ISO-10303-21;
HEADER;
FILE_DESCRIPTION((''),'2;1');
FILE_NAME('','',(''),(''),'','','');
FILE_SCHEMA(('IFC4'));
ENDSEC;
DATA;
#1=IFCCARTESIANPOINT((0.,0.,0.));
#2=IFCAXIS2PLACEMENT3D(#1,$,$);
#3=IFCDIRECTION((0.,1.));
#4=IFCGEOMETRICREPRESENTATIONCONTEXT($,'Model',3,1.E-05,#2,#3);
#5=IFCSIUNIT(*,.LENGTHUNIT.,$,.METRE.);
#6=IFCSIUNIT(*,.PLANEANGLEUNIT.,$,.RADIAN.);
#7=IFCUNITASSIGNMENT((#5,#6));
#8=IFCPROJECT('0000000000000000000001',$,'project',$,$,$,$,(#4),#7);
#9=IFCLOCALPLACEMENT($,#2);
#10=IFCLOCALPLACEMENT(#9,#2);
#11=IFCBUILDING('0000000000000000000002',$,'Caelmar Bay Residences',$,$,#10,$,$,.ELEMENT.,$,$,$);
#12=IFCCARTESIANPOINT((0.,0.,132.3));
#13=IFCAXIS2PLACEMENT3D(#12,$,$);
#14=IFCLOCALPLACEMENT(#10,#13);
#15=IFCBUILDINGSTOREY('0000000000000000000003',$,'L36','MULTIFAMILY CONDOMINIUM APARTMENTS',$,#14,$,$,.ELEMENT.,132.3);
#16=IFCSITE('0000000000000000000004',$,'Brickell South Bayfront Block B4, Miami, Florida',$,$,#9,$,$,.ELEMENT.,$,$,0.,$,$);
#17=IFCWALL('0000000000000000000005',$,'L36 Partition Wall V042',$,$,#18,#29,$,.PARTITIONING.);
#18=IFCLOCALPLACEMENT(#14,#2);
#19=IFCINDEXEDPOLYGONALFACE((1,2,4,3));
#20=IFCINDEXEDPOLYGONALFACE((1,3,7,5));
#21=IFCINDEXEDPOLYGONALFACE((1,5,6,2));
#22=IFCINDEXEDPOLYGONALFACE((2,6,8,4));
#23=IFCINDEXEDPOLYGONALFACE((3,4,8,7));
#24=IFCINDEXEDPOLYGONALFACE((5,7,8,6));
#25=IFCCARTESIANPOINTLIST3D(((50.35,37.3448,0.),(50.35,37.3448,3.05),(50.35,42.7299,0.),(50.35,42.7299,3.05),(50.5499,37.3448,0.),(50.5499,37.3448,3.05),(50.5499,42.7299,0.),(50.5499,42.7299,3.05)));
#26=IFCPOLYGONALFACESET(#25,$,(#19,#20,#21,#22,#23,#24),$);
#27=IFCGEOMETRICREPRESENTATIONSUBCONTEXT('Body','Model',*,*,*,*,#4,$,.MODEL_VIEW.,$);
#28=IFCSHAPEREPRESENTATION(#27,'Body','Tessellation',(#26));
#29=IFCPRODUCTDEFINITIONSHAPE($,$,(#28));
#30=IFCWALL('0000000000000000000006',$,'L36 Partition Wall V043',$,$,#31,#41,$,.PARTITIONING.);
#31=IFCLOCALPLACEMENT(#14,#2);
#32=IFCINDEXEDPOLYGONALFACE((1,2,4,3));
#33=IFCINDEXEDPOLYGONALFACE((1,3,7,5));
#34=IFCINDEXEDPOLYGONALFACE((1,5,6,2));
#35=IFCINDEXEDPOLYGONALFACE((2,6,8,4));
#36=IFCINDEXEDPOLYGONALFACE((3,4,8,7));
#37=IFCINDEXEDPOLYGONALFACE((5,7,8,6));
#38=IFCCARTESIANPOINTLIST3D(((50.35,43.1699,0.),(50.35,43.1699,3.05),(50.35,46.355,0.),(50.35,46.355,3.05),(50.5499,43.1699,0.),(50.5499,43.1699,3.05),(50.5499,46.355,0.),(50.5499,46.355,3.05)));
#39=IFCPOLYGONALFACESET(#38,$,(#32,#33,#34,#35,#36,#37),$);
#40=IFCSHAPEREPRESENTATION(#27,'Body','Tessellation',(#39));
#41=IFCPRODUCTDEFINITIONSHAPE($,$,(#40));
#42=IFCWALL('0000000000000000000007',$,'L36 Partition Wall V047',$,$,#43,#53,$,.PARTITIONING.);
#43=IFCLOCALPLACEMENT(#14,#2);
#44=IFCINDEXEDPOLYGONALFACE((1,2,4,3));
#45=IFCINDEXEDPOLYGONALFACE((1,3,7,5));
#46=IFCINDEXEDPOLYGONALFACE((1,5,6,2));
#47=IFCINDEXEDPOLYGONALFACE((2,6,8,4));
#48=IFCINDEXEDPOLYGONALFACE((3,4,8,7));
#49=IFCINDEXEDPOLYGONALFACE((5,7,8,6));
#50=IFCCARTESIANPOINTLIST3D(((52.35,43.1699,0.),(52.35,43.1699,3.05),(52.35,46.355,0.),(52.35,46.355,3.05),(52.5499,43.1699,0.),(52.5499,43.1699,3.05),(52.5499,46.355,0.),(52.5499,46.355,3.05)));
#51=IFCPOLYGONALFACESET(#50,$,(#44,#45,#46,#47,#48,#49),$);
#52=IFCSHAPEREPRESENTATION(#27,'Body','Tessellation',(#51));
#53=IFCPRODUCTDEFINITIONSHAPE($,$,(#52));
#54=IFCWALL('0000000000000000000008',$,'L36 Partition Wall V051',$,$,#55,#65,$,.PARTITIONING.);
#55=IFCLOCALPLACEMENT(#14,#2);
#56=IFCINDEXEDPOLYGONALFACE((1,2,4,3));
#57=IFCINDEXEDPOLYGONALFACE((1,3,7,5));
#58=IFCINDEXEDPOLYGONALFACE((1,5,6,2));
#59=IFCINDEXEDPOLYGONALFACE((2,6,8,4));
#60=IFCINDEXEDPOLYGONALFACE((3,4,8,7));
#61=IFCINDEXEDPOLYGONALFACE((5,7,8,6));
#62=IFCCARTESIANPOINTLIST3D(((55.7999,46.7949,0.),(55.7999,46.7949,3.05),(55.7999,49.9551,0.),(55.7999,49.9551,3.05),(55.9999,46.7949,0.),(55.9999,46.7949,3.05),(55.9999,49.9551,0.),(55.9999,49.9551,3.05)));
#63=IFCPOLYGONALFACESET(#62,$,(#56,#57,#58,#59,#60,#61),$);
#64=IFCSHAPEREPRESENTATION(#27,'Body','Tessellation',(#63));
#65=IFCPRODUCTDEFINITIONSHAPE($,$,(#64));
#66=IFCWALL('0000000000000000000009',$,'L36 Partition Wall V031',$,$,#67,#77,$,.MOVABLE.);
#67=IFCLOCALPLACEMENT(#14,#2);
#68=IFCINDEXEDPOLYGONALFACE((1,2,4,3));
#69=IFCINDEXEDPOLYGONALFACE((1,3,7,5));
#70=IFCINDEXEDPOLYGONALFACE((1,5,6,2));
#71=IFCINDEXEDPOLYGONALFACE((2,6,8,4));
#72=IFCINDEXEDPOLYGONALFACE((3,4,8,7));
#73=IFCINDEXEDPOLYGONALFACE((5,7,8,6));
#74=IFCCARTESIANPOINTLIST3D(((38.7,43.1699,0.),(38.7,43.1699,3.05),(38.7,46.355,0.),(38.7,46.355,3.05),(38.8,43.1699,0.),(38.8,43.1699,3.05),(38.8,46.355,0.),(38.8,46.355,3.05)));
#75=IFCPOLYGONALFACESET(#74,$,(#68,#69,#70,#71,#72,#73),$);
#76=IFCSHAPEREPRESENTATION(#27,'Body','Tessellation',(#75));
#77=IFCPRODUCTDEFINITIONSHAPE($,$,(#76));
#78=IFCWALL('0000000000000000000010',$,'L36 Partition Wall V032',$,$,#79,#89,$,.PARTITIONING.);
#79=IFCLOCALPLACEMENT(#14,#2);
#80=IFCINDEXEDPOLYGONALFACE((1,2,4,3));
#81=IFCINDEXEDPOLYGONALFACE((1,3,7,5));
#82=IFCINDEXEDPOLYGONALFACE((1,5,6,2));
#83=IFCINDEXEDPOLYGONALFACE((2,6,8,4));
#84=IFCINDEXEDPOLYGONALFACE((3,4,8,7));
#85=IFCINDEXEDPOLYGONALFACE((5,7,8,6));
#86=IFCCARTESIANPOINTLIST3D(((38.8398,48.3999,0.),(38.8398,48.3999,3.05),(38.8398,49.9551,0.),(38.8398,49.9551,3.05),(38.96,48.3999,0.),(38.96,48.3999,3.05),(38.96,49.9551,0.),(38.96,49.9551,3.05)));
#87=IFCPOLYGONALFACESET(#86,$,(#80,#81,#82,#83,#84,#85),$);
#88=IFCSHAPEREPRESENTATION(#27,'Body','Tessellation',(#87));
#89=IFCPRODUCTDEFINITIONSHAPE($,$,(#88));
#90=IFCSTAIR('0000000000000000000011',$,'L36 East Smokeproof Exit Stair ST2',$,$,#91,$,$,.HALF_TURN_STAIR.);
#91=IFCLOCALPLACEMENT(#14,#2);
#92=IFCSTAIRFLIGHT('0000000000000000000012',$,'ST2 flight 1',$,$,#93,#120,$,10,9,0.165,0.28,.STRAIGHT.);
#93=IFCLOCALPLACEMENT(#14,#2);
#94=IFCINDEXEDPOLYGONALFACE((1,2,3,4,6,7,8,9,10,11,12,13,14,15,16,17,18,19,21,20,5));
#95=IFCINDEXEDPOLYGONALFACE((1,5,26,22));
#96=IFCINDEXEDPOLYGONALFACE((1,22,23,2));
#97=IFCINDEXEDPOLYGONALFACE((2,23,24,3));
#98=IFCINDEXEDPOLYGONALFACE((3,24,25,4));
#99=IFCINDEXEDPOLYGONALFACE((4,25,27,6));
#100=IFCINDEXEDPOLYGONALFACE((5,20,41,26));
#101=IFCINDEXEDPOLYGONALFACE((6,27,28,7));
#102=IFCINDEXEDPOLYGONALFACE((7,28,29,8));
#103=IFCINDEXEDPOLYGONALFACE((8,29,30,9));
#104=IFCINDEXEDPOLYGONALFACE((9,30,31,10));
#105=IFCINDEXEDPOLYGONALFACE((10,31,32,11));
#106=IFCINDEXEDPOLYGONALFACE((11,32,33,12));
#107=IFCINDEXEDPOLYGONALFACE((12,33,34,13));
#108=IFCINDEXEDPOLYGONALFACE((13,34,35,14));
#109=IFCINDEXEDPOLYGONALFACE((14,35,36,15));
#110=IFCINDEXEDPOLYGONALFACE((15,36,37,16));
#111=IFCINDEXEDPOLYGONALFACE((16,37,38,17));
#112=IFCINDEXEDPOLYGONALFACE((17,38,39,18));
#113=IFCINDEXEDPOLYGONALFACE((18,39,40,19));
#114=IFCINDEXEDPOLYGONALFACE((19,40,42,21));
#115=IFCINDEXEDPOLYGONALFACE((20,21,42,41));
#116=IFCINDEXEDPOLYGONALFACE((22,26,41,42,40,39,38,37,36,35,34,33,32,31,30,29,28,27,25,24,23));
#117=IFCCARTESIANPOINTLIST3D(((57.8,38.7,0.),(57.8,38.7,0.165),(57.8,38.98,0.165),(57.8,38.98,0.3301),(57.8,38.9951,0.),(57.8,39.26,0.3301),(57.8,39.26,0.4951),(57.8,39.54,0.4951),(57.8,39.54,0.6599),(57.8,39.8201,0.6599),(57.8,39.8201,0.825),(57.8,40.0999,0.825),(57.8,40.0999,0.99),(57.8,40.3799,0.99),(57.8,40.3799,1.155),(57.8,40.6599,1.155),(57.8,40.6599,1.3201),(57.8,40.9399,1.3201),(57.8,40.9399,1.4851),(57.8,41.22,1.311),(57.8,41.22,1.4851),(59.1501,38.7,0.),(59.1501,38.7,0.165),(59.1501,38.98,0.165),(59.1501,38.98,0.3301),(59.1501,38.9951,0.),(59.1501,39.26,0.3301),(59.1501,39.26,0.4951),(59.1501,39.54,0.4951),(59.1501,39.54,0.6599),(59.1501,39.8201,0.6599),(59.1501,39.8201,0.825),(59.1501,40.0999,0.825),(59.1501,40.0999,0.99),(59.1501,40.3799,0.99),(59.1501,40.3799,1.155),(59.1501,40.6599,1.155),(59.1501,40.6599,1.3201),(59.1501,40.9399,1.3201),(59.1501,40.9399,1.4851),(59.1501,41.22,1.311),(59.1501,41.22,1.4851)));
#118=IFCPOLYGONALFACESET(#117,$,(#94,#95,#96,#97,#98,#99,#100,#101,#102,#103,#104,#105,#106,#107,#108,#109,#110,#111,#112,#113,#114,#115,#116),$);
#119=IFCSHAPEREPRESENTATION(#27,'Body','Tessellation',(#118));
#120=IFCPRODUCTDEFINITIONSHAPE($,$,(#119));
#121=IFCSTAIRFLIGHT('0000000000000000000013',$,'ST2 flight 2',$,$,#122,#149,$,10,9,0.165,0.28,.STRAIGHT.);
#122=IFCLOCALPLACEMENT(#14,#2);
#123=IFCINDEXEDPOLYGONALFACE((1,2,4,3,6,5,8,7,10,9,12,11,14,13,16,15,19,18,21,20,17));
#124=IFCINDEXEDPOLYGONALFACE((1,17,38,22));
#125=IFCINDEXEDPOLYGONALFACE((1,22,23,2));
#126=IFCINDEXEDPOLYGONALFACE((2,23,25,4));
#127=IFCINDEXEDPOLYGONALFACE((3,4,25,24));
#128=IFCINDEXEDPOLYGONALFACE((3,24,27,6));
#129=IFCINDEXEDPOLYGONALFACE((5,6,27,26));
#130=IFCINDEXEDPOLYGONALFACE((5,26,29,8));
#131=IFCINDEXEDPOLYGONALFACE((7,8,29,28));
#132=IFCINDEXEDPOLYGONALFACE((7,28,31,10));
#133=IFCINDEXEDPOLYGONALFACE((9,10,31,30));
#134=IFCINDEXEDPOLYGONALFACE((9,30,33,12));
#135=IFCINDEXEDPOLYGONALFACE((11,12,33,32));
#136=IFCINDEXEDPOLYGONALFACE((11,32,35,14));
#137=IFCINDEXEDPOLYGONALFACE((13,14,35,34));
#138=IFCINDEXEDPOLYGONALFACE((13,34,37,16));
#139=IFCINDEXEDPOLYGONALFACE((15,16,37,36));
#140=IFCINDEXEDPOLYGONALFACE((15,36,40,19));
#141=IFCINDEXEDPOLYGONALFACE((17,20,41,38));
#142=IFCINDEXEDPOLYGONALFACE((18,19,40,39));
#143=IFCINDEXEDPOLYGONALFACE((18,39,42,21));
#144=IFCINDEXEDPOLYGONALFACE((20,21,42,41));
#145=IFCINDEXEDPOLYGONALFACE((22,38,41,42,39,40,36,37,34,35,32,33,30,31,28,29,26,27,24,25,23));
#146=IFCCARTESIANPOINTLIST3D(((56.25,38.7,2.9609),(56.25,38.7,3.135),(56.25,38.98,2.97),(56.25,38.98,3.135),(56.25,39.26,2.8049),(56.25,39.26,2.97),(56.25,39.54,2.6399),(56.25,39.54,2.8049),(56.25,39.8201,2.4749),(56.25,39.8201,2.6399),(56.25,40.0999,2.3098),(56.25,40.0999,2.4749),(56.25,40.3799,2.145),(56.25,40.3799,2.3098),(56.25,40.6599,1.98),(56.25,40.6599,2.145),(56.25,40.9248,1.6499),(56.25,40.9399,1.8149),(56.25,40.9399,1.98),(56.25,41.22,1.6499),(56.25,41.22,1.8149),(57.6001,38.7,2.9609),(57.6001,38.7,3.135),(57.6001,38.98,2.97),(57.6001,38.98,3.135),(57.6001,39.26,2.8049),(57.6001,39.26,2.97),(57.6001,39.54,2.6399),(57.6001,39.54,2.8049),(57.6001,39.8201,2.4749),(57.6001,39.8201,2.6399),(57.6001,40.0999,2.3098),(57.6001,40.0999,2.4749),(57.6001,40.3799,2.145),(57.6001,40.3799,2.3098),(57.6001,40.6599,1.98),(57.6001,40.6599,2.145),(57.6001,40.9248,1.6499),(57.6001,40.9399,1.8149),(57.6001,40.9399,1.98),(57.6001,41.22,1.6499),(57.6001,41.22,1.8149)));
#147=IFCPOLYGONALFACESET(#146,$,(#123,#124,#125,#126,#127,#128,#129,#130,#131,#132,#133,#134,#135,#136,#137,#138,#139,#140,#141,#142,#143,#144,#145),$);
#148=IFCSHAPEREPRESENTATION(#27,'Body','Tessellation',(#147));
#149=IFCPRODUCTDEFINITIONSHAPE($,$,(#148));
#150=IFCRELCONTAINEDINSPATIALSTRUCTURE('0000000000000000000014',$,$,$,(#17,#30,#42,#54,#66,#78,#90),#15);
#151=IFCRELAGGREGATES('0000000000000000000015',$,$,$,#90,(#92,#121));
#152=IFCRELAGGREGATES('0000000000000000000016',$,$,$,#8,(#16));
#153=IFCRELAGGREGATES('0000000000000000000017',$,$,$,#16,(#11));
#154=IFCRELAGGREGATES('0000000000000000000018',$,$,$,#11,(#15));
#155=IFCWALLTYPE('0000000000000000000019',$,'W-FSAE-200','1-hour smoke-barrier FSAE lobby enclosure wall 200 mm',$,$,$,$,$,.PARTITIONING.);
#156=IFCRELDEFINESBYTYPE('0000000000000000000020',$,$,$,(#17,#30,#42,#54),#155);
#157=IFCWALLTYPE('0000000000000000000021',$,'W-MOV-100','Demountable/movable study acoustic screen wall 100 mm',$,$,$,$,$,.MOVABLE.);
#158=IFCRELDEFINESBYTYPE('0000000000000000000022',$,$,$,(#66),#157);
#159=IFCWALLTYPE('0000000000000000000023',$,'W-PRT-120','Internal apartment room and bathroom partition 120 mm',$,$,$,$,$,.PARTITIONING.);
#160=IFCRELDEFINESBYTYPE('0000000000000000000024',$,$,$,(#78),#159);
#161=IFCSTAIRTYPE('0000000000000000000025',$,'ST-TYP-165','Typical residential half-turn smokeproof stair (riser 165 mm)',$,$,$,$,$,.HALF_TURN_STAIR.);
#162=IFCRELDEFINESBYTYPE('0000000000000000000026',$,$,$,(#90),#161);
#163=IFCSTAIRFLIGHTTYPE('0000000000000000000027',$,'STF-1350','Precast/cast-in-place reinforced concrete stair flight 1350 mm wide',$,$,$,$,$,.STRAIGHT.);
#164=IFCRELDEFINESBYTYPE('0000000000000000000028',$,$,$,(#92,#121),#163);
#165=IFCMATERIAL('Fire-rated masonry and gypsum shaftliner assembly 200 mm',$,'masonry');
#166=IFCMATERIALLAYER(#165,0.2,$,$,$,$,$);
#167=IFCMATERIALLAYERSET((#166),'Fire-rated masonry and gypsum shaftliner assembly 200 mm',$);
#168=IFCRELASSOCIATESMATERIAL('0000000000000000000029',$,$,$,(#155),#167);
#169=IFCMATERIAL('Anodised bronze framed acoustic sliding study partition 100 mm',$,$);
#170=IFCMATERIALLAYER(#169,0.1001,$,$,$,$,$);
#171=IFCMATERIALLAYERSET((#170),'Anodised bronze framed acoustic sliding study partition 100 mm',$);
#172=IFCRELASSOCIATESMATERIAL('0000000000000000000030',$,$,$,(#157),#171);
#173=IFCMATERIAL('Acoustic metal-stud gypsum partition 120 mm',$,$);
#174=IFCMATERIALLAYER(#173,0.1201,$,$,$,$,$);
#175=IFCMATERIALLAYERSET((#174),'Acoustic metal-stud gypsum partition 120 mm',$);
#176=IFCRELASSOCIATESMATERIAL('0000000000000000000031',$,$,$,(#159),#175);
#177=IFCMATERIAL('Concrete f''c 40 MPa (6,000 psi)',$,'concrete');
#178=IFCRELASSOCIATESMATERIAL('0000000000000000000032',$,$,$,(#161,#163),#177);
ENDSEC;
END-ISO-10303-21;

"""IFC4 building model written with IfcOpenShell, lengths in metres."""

from ifc_helpers import new_model, si_unit, direction, frame, frame_2d, origin, place, context, subcontext, project, spatial, polyline, rectangle, outline, extrude, material, layer, layer_set, type_object, element, aggregate, save


model = new_model("IFC4")

# Units and contexts
model_context = context("Model", 3, precision=1e-05, world=origin(), true_north=direction((0.0, 1.0)))
body_context = subcontext(model_context, "Body", "Model", "MODEL_VIEW")
ifc_project = project(units=[si_unit("LENGTHUNIT", "METRE"), si_unit("PLANEANGLEUNIT", "RADIAN")], contexts=[model_context])

# Site, building, storey
site_placement = place(None, origin())
site = spatial("IfcSite", under=ifc_project, at=site_placement, Name="Brickell South Bayfront Block B4, Miami, Florida", CompositionType="ELEMENT", RefElevation=0.0)
building_placement = place(site_placement, origin())
building = spatial("IfcBuilding", under=site, at=building_placement, Name="Caelmar Bay Residences", CompositionType="ELEMENT")
storey_placement = place(building_placement, frame((0.0, 0.0, 132.3)))
storey = spatial("IfcBuildingStorey", under=building, at=storey_placement, Name="L36", Description="MULTIFAMILY CONDOMINIUM APARTMENTS", CompositionType="ELEMENT", Elevation=132.3)

# Walls
ifc_material_1 = material(Name="Fire-rated masonry and gypsum shaftliner assembly 200 mm", Category="masonry")
ifc_layer_1 = layer(ifc_material_1, 0.2)
ifc_layer_set_1 = layer_set([ifc_layer_1], Name="Fire-rated masonry and gypsum shaftliner assembly 200 mm")
wall_type_1 = type_object("IfcWallType", Name="W-FSAE-200", Description="1-hour smoke-barrier FSAE lobby enclosure wall 200 mm", PredefinedType="PARTITIONING", material=ifc_layer_set_1)
wall_1_placement = place(storey_placement, frame((50.45, 37.345, 0.0), z_axis=(0.0, 0.0, 1.0), x_axis=(0.0, 1.0, 0.0)))
element("IfcWall", 1, at=wall_1_placement, inside=storey, type_object=wall_type_1, Name="L36 Partition Wall V042", PredefinedType="PARTITIONING", context=body_context, shape_type="SweptSolid", body=[
    extrude(rectangle(XDim=5.385, YDim=0.2, at=frame_2d((2.6924, 0.0))), origin(), (0.0, 0.0, 1.0), 3.05),
])
for number, where, z_axis, x_axis, name in (
    (2, (50.45, 43.1699, 0.0), (0.0, 0.0, 1.0), (0.0, 1.0, 0.0), "L36 Partition Wall V043"),
    (3, (52.45, 43.1699, 0.0), (0.0, 0.0, 1.0), (0.0, 1.0, 0.0), "L36 Partition Wall V047"),
):
    element("IfcWall", number, at=place(storey_placement, frame(where, z_axis=z_axis, x_axis=x_axis)), inside=storey, type_object=wall_type_1, Name=name, PredefinedType="PARTITIONING", context=body_context, shape_type="SweptSolid", body=[
        extrude(rectangle(XDim=3.1851, YDim=0.2, at=frame_2d((1.5925, 0.0))), origin(), (0.0, 0.0, 1.0), 3.05),
    ])
wall_2_placement = place(storey_placement, frame((55.8999, 46.7949, 0.0), z_axis=(0.0, 0.0, 1.0), x_axis=(0.0, 1.0, 0.0)))
element("IfcWall", 4, at=wall_2_placement, inside=storey, type_object=wall_type_1, Name="L36 Partition Wall V051", PredefinedType="PARTITIONING", context=body_context, shape_type="SweptSolid", body=[
    extrude(rectangle(XDim=3.1602, YDim=0.2, at=frame_2d((1.5801, 0.0))), origin(), (0.0, 0.0, 1.0), 3.05),
])
ifc_material_2 = material(Name="Anodised bronze framed acoustic sliding study partition 100 mm")
ifc_layer_2 = layer(ifc_material_2, 0.1001)
ifc_layer_set_2 = layer_set([ifc_layer_2], Name="Anodised bronze framed acoustic sliding study partition 100 mm")
wall_type_2 = type_object("IfcWallType", Name="W-MOV-100", Description="Demountable/movable study acoustic screen wall 100 mm", PredefinedType="MOVABLE", material=ifc_layer_set_2)
wall_3_placement = place(storey_placement, frame((38.75, 43.1699, 0.0), z_axis=(0.0, 0.0, 1.0), x_axis=(0.0, 1.0, 0.0)))
element("IfcWall", 5, at=wall_3_placement, inside=storey, type_object=wall_type_2, Name="L36 Partition Wall V031", PredefinedType="MOVABLE", context=body_context, shape_type="SweptSolid", body=[
    extrude(rectangle(XDim=3.1851, YDim=0.1001, at=frame_2d((1.5925, 0.0))), origin(), (0.0, 0.0, 1.0), 3.05),
])
ifc_material_3 = material(Name="Acoustic metal-stud gypsum partition 120 mm")
ifc_layer_3 = layer(ifc_material_3, 0.1201)
ifc_layer_set_3 = layer_set([ifc_layer_3], Name="Acoustic metal-stud gypsum partition 120 mm")
wall_type_3 = type_object("IfcWallType", Name="W-PRT-120", Description="Internal apartment room and bathroom partition 120 mm", PredefinedType="PARTITIONING", material=ifc_layer_set_3)
wall_4_placement = place(storey_placement, frame((38.8999, 48.3999, 0.0), z_axis=(0.0, 0.0, 1.0), x_axis=(0.0, 1.0, 0.0)))
element("IfcWall", 6, at=wall_4_placement, inside=storey, type_object=wall_type_3, Name="L36 Partition Wall V032", PredefinedType="PARTITIONING", context=body_context, shape_type="SweptSolid", body=[
    extrude(rectangle(XDim=1.5552, YDim=0.1201, at=frame_2d((0.7776, 0.0))), origin(), (0.0, 0.0, 1.0), 3.05),
])

# Stair, stair flights
ifc_material_4 = material(Name="Concrete f'c 40 MPa (6,000 psi)", Category="concrete")
stair_type = type_object("IfcStairType", Name="ST-TYP-165", Description="Typical residential half-turn smokeproof stair (riser 165 mm)", PredefinedType="HALF_TURN_STAIR", material=ifc_material_4)
stair_placement = place(storey_placement, origin())
stair = element("IfcStair", 7, at=stair_placement, inside=storey, type_object=stair_type, Name="L36 East Smokeproof Exit Stair ST2", PredefinedType="HALF_TURN_STAIR")
stair_flight_type = type_object("IfcStairFlightType", Name="STF-1350", Description="Precast/cast-in-place reinforced concrete stair flight 1350 mm wide", PredefinedType="STRAIGHT", material=ifc_material_4)
stair_flight_1_placement = place(storey_placement, frame((58.4751, 38.7, 0.0), z_axis=(0.0, 0.0, 1.0), x_axis=(0.0, 1.0, 0.0)))
stair_flight_1 = element("IfcStairFlight", 8, at=stair_flight_1_placement, type_object=stair_flight_type, Name="ST2 flight 1", NumberOfRisers=10, NumberOfTreads=9, PredefinedType="STRAIGHT", RiserHeight=0.165, TreadLength=0.28, context=body_context, shape_type="SweptSolid", body=[
    extrude(outline(polyline([(0.0, 0.0), (0.0, 0.165), (0.28, 0.165), (0.28, 0.3301), (0.5601, 0.3301), (0.5601, 0.4951), (0.8401, 0.4951), (0.8401, 0.6599), (1.1201, 0.6599), (1.1201, 0.825), (1.3999, 0.825), (1.3999, 0.99), (1.6799, 0.99), (1.6799, 1.155), (1.96, 1.155), (1.96, 1.3201), (2.24, 1.3201), (2.24, 1.4851), (2.52, 1.4851), (2.52, 1.6499), (2.52, 1.311), (0.2952, 0.0), (0.0, 0.0)])), frame((0.0, 0.675, 0.0), z_axis=(0.0, -1.0, 0.0), x_axis=(1.0, 0.0, 0.0)), (0.0, 0.0, 1.0), 1.3501),
])
stair_flight_2_placement = place(storey_placement, frame((56.925, 41.22, 1.6499), z_axis=(0.0, 0.0, 1.0), x_axis=(0.0, -1.0, 0.0)))
stair_flight_2 = element("IfcStairFlight", 9, at=stair_flight_2_placement, type_object=stair_flight_type, Name="ST2 flight 2", NumberOfRisers=10, NumberOfTreads=9, PredefinedType="STRAIGHT", RiserHeight=0.165, TreadLength=0.28, context=body_context, shape_type="SweptSolid", body=[
    extrude(outline(polyline([(0.0, 0.0), (0.0, 0.165), (0.28, 0.165), (0.28, 0.3301), (0.5601, 0.3301), (0.5601, 0.4951), (0.8401, 0.4951), (0.8401, 0.6599), (1.1201, 0.6599), (1.1201, 0.825), (1.3999, 0.825), (1.3999, 0.99), (1.6799, 0.99), (1.6799, 1.155), (1.96, 1.155), (1.96, 1.3201), (2.24, 1.3201), (2.24, 1.4851), (2.52, 1.4851), (2.52, 1.6499), (2.52, 1.311), (0.2952, 0.0), (0.0, 0.0)])), frame((0.0, 0.675, 0.0), z_axis=(0.0, -1.0, 0.0), x_axis=(1.0, 0.0, 0.0)), (0.0, 0.0, 1.0), 1.3501),
])
aggregate(stair, [stair_flight_1, stair_flight_2])

save(model, "model.ifc")
